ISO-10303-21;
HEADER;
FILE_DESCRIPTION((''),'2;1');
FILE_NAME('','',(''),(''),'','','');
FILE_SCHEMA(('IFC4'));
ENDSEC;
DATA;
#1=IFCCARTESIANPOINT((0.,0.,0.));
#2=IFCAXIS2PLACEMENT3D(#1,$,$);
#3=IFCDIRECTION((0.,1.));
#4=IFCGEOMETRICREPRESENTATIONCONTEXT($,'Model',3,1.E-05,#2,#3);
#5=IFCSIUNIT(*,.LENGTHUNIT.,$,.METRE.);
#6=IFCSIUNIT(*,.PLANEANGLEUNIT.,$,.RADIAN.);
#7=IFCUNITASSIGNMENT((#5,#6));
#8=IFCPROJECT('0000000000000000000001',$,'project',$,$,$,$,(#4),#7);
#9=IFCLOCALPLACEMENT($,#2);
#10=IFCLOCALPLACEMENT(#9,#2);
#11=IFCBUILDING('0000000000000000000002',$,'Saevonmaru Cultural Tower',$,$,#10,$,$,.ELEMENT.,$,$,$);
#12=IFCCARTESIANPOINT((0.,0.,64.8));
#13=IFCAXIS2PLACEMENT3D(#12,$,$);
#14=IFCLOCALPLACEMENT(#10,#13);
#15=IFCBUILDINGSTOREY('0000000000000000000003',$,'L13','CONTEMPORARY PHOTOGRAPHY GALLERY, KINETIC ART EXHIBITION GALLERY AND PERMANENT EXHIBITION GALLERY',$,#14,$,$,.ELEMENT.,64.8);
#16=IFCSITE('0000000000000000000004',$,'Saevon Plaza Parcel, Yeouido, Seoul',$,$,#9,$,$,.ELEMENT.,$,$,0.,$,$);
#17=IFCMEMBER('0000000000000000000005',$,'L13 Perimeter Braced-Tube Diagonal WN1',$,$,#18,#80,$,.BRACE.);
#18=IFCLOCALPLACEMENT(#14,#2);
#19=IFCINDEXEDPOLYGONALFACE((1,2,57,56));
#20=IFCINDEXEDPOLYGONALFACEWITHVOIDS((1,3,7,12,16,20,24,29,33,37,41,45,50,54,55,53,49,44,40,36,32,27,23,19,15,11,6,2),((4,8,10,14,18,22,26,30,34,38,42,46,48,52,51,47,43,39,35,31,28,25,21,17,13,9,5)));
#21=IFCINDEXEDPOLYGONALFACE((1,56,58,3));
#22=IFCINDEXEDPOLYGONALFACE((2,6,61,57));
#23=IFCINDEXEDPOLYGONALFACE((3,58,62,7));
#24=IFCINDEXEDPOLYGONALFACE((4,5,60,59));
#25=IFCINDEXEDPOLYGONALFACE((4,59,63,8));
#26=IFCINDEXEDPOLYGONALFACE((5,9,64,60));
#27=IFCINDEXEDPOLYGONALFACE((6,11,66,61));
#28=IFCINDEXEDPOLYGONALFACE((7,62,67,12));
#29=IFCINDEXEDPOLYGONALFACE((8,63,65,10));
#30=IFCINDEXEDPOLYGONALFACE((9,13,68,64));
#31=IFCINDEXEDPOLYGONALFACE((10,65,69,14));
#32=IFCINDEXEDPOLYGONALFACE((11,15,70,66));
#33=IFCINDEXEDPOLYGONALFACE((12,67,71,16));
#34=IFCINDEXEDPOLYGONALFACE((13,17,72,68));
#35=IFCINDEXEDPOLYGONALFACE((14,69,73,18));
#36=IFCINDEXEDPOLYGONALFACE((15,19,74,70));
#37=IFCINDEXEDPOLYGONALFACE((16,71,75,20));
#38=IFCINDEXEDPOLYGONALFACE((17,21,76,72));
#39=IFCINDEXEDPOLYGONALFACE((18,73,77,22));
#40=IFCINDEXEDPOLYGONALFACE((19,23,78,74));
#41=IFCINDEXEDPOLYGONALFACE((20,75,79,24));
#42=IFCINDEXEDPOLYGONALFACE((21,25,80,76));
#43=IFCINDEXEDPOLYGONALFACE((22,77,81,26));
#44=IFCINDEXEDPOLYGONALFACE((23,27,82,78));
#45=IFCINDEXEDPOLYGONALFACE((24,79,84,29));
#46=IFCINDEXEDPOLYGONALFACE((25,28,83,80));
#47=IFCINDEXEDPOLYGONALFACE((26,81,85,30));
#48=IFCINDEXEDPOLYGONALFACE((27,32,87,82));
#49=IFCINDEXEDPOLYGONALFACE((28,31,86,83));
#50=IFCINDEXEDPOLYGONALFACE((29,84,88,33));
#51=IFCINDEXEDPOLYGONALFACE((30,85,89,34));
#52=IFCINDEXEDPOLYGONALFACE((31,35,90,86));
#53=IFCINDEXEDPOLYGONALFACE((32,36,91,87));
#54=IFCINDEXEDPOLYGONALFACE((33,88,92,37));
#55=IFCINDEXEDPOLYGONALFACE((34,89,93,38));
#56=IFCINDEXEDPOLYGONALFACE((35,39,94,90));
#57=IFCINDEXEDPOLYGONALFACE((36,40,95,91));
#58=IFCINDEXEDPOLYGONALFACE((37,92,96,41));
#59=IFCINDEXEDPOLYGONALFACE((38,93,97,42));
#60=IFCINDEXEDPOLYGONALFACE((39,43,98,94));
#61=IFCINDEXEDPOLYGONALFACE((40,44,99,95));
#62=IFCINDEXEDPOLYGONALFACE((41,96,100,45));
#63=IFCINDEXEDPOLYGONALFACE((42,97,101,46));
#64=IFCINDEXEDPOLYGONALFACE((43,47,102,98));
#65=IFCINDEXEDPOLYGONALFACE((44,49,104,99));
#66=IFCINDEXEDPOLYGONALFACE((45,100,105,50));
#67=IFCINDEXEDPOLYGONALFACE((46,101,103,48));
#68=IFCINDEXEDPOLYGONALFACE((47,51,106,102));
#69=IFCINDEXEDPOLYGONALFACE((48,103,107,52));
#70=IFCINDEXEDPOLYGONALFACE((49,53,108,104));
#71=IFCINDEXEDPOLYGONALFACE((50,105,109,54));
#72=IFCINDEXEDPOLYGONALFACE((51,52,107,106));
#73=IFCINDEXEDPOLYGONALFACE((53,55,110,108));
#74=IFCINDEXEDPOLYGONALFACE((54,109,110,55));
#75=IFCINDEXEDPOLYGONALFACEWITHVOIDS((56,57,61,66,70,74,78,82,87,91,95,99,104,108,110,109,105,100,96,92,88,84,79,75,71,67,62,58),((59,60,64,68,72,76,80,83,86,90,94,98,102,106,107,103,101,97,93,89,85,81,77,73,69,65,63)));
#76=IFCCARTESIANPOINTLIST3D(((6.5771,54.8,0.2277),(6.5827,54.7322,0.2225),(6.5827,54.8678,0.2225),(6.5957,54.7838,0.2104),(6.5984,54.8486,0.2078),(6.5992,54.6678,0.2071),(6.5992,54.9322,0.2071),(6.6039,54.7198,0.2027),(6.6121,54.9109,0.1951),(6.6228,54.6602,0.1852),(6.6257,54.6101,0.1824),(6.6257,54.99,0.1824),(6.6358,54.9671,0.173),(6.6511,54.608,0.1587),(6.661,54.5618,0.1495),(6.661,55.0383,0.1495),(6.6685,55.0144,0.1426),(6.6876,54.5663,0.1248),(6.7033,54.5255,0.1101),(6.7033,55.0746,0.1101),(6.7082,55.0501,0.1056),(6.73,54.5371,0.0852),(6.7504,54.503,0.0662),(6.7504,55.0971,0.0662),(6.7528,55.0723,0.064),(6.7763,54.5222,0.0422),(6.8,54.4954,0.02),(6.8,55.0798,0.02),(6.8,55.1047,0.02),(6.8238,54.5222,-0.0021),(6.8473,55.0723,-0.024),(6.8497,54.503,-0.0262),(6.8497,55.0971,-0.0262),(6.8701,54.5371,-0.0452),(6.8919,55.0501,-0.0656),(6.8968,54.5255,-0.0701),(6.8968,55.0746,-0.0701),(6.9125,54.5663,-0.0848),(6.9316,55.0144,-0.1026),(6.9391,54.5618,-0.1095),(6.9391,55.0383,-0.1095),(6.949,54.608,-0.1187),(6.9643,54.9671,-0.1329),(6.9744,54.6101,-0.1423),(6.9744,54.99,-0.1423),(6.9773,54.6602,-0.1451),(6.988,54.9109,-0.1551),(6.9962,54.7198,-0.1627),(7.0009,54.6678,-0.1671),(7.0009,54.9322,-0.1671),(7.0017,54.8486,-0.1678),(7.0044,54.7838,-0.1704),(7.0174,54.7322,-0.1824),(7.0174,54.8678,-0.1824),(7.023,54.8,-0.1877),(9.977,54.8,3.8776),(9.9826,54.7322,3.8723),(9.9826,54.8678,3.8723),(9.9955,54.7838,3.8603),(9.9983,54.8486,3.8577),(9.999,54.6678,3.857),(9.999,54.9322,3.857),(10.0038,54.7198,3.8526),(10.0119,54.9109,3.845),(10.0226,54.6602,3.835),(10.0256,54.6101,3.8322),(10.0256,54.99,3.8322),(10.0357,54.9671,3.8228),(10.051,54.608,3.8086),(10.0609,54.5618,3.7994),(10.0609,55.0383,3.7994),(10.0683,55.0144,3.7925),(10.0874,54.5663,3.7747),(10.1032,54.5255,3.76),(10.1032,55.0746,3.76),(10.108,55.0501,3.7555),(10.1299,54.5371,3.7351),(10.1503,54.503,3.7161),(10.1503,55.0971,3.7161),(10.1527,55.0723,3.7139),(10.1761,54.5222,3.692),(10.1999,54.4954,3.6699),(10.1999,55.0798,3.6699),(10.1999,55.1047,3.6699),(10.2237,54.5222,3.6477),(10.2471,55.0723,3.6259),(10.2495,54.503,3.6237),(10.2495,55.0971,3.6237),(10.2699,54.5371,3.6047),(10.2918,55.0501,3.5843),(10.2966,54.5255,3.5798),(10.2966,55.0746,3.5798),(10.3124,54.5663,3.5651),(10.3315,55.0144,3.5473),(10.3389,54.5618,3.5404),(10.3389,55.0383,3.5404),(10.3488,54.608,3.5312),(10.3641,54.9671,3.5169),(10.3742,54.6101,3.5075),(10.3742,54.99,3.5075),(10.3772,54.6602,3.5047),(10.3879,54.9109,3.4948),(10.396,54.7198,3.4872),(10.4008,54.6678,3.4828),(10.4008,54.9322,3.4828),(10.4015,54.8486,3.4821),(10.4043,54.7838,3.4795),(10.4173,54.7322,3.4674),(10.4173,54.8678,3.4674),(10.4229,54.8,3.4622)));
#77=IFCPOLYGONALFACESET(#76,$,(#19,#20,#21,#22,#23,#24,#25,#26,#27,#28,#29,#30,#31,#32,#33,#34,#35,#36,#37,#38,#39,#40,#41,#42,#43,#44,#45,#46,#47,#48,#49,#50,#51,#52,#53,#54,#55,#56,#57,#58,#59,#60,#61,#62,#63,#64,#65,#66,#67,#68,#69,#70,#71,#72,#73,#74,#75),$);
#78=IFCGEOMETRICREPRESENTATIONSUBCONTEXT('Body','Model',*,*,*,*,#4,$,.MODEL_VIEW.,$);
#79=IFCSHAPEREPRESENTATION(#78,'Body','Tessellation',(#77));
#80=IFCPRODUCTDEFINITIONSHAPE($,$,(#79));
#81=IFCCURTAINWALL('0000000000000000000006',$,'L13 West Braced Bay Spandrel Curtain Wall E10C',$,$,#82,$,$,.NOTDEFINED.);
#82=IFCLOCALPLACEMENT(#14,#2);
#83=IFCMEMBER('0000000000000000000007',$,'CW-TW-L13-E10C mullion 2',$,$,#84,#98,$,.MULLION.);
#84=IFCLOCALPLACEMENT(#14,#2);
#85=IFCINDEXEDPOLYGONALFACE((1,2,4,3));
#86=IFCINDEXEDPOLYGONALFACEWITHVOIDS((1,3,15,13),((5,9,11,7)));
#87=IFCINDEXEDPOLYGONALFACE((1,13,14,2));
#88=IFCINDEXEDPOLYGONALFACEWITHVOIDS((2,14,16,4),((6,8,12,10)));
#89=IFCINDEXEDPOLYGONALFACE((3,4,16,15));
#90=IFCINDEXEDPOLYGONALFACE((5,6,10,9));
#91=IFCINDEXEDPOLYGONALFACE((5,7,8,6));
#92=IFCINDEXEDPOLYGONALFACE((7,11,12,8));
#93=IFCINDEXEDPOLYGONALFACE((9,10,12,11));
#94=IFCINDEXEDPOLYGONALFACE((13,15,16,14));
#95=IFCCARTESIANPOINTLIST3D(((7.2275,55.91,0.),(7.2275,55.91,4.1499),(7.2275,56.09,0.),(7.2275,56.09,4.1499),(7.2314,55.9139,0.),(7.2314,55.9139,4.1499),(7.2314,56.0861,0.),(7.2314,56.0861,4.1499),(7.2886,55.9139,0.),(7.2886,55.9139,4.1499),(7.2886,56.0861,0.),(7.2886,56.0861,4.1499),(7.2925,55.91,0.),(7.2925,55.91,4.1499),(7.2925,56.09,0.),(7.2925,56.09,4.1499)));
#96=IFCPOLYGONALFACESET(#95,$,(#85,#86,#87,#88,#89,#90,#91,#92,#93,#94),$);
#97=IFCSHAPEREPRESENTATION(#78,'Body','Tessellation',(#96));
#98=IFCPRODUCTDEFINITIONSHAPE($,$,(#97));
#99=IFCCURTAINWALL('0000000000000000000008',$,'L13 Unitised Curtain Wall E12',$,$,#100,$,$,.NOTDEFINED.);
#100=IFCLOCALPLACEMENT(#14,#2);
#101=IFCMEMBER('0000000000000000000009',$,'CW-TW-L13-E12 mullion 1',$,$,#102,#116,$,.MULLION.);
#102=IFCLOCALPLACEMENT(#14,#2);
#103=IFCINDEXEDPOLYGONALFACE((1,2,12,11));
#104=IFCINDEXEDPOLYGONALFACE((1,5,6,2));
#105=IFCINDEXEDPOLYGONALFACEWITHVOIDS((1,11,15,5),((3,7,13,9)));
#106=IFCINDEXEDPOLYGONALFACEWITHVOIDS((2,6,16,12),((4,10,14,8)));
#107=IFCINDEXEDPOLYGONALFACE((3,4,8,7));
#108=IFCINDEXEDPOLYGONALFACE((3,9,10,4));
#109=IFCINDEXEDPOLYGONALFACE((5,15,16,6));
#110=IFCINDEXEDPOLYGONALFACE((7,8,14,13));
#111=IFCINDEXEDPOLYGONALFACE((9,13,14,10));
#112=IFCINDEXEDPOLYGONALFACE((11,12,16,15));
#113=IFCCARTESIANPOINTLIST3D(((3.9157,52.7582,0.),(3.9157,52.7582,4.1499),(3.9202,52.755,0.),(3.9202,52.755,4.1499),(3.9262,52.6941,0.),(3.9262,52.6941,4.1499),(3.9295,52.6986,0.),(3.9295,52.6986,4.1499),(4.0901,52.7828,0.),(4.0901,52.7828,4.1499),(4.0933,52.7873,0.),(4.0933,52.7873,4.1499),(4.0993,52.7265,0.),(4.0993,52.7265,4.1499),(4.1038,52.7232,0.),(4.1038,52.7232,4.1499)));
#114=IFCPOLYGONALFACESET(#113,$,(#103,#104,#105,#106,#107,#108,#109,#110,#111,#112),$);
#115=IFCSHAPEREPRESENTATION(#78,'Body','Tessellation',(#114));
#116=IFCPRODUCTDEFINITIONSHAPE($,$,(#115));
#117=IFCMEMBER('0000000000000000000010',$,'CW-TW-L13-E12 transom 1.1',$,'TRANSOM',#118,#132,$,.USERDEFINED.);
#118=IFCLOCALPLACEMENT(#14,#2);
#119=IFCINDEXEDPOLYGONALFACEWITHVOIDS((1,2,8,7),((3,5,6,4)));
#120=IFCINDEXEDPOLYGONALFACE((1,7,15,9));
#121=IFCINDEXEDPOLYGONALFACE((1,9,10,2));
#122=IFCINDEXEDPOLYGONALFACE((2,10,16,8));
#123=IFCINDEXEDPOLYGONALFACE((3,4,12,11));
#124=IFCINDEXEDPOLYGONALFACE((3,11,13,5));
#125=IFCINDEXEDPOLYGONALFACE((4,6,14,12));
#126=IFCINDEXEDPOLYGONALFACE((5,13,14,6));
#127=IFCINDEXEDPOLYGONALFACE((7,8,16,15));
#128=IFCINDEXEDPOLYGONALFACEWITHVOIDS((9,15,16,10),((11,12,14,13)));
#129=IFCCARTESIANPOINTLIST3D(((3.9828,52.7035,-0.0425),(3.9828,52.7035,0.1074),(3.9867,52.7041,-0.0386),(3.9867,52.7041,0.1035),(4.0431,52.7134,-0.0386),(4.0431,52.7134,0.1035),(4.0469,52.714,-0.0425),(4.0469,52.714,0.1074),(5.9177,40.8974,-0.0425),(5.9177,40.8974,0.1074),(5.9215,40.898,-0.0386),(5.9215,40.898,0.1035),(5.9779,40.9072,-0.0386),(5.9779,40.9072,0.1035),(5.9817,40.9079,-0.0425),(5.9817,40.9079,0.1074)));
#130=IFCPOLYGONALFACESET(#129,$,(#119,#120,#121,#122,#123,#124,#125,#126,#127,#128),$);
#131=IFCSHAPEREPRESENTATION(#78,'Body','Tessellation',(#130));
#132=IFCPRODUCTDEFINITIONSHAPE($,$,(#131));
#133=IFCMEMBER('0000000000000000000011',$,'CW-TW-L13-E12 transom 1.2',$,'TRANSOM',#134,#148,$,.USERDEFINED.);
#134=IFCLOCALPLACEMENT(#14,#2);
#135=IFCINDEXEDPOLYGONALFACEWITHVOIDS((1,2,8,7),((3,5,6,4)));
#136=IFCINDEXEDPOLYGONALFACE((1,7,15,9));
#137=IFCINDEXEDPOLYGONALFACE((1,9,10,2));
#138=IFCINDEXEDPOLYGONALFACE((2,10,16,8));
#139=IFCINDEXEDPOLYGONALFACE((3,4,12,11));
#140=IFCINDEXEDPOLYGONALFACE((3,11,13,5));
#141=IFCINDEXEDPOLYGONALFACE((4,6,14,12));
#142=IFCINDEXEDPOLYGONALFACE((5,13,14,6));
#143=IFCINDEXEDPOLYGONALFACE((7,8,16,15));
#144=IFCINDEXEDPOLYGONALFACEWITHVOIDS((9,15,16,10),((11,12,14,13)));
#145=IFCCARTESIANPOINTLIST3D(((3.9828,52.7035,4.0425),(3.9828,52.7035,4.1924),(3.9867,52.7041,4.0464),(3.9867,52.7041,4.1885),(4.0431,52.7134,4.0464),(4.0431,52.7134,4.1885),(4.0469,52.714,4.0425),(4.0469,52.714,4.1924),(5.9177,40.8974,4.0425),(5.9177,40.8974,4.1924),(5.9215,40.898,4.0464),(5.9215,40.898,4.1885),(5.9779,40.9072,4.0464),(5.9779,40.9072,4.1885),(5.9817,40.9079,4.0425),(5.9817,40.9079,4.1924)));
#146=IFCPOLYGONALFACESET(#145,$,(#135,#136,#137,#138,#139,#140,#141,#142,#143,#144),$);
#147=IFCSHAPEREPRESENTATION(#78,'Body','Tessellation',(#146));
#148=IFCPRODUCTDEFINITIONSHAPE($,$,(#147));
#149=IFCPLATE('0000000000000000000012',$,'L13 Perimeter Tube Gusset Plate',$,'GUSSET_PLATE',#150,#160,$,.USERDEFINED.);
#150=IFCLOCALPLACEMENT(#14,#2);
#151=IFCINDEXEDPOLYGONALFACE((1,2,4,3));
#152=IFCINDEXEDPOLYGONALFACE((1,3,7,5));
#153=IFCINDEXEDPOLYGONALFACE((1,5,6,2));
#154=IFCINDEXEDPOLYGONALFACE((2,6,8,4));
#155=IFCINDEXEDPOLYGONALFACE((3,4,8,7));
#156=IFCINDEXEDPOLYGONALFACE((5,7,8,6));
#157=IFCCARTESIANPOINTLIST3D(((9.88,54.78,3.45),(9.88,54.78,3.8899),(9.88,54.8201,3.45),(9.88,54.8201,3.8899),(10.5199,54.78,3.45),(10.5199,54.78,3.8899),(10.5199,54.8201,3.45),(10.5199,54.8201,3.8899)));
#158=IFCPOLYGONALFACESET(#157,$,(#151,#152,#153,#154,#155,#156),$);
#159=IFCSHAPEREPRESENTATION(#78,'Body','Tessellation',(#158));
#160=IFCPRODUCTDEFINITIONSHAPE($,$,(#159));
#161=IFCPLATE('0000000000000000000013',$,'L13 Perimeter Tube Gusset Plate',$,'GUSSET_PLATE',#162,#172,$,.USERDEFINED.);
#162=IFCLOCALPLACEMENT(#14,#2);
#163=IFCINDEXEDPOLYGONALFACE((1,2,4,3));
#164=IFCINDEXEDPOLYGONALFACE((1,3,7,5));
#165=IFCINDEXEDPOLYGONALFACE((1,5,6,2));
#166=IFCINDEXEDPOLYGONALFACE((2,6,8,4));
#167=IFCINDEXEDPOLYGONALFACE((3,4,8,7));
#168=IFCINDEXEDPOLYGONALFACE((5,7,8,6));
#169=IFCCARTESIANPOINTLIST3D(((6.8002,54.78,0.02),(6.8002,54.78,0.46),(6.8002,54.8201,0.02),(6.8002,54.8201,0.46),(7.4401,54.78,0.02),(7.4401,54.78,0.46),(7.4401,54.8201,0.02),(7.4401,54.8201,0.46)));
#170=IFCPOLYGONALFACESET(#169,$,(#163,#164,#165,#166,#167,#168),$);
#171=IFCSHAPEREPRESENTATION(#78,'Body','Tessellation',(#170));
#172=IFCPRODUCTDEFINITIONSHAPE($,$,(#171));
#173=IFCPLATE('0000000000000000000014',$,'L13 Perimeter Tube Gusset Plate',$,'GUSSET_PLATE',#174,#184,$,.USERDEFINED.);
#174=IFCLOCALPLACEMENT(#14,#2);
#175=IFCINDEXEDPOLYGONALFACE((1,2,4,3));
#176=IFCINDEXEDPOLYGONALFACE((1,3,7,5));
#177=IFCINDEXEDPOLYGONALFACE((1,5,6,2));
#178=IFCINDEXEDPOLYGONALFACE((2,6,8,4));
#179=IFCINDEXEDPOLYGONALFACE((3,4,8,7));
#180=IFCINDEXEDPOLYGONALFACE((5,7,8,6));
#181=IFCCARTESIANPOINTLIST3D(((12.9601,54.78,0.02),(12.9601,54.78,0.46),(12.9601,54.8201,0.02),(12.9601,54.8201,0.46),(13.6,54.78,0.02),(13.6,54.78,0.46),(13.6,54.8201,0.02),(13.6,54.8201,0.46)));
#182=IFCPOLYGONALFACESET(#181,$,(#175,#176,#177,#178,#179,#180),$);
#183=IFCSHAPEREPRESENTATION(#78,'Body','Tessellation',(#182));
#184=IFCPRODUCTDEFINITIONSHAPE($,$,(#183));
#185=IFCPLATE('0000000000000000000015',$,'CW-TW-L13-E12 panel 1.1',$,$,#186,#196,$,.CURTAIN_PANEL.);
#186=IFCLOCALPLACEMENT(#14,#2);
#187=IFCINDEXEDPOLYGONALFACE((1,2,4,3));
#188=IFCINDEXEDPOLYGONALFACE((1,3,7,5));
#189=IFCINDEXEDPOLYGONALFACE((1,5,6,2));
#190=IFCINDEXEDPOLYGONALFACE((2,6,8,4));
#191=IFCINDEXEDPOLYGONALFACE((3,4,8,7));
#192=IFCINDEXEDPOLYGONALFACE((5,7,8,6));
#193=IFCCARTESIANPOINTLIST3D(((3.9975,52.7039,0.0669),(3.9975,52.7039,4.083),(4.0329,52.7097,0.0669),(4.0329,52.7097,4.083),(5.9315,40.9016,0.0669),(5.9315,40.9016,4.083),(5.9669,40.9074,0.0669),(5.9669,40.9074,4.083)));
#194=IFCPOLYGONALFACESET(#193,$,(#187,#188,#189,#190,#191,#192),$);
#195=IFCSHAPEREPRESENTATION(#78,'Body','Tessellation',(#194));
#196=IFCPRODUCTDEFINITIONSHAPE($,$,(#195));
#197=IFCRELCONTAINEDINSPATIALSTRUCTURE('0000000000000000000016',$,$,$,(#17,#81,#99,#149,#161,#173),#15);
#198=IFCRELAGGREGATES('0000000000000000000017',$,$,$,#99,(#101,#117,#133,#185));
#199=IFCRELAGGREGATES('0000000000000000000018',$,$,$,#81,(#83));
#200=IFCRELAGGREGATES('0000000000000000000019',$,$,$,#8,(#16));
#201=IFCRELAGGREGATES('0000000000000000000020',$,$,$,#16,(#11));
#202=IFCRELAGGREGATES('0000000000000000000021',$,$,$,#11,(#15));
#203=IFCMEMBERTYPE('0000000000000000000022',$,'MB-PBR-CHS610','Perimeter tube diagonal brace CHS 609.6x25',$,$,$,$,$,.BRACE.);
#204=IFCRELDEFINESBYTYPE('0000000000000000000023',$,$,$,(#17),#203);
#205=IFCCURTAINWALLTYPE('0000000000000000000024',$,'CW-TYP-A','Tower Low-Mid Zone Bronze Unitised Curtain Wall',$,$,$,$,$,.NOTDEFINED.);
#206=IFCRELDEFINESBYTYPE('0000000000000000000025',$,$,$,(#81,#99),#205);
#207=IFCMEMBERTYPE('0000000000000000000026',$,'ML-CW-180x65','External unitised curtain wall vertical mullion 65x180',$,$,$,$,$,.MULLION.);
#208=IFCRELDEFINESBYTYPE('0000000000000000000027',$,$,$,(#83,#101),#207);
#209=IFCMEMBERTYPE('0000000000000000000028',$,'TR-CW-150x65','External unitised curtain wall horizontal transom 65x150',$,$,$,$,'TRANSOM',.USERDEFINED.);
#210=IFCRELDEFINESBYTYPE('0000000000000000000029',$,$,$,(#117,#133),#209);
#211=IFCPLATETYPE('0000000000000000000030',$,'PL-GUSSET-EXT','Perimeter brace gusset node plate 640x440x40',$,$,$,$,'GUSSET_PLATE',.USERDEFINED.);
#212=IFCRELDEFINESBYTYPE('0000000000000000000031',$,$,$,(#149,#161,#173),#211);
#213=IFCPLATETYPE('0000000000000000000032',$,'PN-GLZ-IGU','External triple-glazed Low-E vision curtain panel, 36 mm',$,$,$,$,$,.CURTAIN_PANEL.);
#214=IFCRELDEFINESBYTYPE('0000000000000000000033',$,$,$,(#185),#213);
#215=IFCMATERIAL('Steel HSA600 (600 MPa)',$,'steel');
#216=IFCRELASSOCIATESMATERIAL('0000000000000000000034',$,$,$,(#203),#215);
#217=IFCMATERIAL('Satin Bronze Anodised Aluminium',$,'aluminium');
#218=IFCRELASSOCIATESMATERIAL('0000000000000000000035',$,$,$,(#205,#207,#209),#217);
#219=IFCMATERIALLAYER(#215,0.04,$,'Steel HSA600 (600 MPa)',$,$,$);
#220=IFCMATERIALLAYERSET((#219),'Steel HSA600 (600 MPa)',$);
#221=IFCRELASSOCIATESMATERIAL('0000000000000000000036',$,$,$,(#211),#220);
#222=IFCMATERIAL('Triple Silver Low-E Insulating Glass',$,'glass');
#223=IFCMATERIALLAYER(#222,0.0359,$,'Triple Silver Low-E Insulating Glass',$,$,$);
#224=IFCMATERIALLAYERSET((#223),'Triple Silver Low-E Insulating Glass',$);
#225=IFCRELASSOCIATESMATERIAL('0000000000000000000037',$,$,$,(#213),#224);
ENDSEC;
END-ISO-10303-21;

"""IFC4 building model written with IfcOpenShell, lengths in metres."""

from ifc_helpers import new_model, si_unit, direction, frame, origin, origin_2d, place, context, subcontext, project, spatial, rectangle, hollow_rectangle, hollow_circle, extrude, material, layer, layer_set, material_profile, profile_set, type_object, element, aggregate, save


model = new_model("IFC4")

# Units and contexts
model_context = context("Model", 3, precision=1e-05, world=origin(), true_north=direction((0.0, 1.0)))
body_context = subcontext(model_context, "Body", "Model", "MODEL_VIEW")
ifc_project = project(units=[si_unit("LENGTHUNIT", "METRE"), si_unit("PLANEANGLEUNIT", "RADIAN")], contexts=[model_context])

# Site, building, storey
site_placement = place(None, origin())
site = spatial("IfcSite", under=ifc_project, at=site_placement, Name="Saevon Plaza Parcel, Yeouido, Seoul", CompositionType="ELEMENT", RefElevation=0.0)
building_placement = place(site_placement, origin())
building = spatial("IfcBuilding", under=site, at=building_placement, Name="Saevonmaru Cultural Tower", CompositionType="ELEMENT")
storey_placement = place(building_placement, frame((0.0, 0.0, 64.8)))
storey = spatial("IfcBuildingStorey", under=building, at=storey_placement, Name="L13", Description="CONTEMPORARY PHOTOGRAPHY GALLERY, KINETIC ART EXHIBITION GALLERY AND PERMANENT EXHIBITION GALLERY", CompositionType="ELEMENT", Elevation=64.8)

# Shared definitions
ifc_material_1 = material(Name="Steel HSA600 (600 MPa)", Category="steel")

# Member
ifc_material_profile_1 = material_profile(ifc_material_1, hollow_circle(Radius=0.3047, WallThickness=0.0249, at=origin_2d()), Name="CHS-609.6x25")
ifc_profile_set_1 = profile_set([ifc_material_profile_1], Name="Steel HSA600 (600 MPa)")
member_type_1 = type_object("IfcMemberType", Name="MB-PBR-CHS610", Description="Perimeter tube diagonal brace CHS 609.6x25", PredefinedType="BRACE", material=ifc_profile_set_1)
member_1_placement = place(storey_placement, frame((6.8, 54.8, 0.02), z_axis=(0.681603, 0.0, 0.731722), x_axis=(0.0, 1.0, 0.0)))
element("IfcMember", 1, at=member_1_placement, inside=storey, type_object=member_type_1, Name="L13 Perimeter Braced-Tube Diagonal WN1", PredefinedType="BRACE", context=body_context, shape_type="SweptSolid", body=[
    extrude(hollow_circle(Radius=0.3047, WallThickness=0.0249, at=origin_2d()), origin(), (0.0, 0.0, 1.0), 4.988),
])

# Curtain wall, member
ifc_material_2 = material(Name="Satin Bronze Anodised Aluminium", Category="aluminium")
curtain_wall_type = type_object("IfcCurtainWallType", Name="CW-TYP-A", Description="Tower Low-Mid Zone Bronze Unitised Curtain Wall", PredefinedType="NOTDEFINED", material=ifc_material_2)
curtain_wall_1_placement = place(storey_placement, origin())
curtain_wall_1 = element("IfcCurtainWall", 2, at=curtain_wall_1_placement, inside=storey, type_object=curtain_wall_type, Name="L13 West Braced Bay Spandrel Curtain Wall E10C", PredefinedType="NOTDEFINED")
ifc_material_profile_2 = material_profile(ifc_material_2, hollow_rectangle(XDim=0.0649, YDim=0.1799, WallThickness=0.0039, at=origin_2d()), Name="ALU-MULL-180x65x4")
ifc_profile_set_2 = profile_set([ifc_material_profile_2], Name="Satin Bronze Anodised Aluminium")
member_type_2 = type_object("IfcMemberType", Name="ML-CW-180x65", Description="External unitised curtain wall vertical mullion 65x180", PredefinedType="MULLION", material=ifc_profile_set_2)
member_2_placement = place(storey_placement, frame((7.26, 56.0, 0.0), z_axis=(0.0, 0.0, 1.0), x_axis=(-1.0, 0.0, 0.0)))
member_2 = element("IfcMember", 3, at=member_2_placement, type_object=member_type_2, Name="CW-TW-L13-E10C mullion 2", PredefinedType="MULLION", context=body_context, shape_type="SweptSolid", body=[
    extrude(hollow_rectangle(XDim=0.0649, YDim=0.1799, WallThickness=0.0039, at=origin_2d()), origin(), (0.0, 0.0, 1.0), 4.1499),
])

# Curtain wall, members
curtain_wall_2_placement = place(storey_placement, origin())
curtain_wall_2 = element("IfcCurtainWall", 4, at=curtain_wall_2_placement, inside=storey, type_object=curtain_wall_type, Name="L13 Unitised Curtain Wall E12", PredefinedType="NOTDEFINED")
member_3_placement = place(storey_placement, frame((4.0098, 52.7407, 0.0), z_axis=(0.0, 0.0, 1.0), x_axis=(0.161709, -0.986839, 0.0)))
member_3 = element("IfcMember", 5, at=member_3_placement, type_object=member_type_2, Name="CW-TW-L13-E12 mullion 1", PredefinedType="MULLION", context=body_context, shape_type="SweptSolid", body=[
    extrude(hollow_rectangle(XDim=0.0649, YDim=0.1799, WallThickness=0.0039, at=origin_2d()), origin(), (0.0, 0.0, 1.0), 4.1499),
])
ifc_material_profile_3 = material_profile(ifc_material_2, hollow_rectangle(XDim=0.0649, YDim=0.1499, WallThickness=0.0039, at=origin_2d()), Name="ALU-TRAN-150x65x4")
ifc_profile_set_3 = profile_set([ifc_material_profile_3], Name="Satin Bronze Anodised Aluminium")
member_type_3 = type_object("IfcMemberType", Name="TR-CW-150x65", Description="External unitised curtain wall horizontal transom 65x150", ElementType="TRANSOM", PredefinedType="USERDEFINED", material=ifc_profile_set_3)
member_4_placement = place(storey_placement, frame((4.0149, 52.7087, 0.0325), z_axis=(0.161725, -0.986836, 0.0), x_axis=(0.986836, 0.161725, 0.0)))
member_4 = element("IfcMember", 6, at=member_4_placement, type_object=member_type_3, Name="CW-TW-L13-E12 transom 1.1", ObjectType="TRANSOM", PredefinedType="USERDEFINED", context=body_context, shape_type="SweptSolid", body=[
    extrude(hollow_rectangle(XDim=0.0649, YDim=0.1499, WallThickness=0.0039, at=origin_2d()), origin(), (0.0, 0.0, 1.0), 11.9636),
])
member_5_placement = place(storey_placement, frame((4.0149, 52.7087, 4.1174), z_axis=(0.161725, -0.986836, 0.0), x_axis=(0.986836, 0.161725, 0.0)))
member_5 = element("IfcMember", 7, at=member_5_placement, type_object=member_type_3, Name="CW-TW-L13-E12 transom 1.2", ObjectType="TRANSOM", PredefinedType="USERDEFINED", context=body_context, shape_type="SweptSolid", body=[
    extrude(hollow_rectangle(XDim=0.0649, YDim=0.1499, WallThickness=0.0039, at=origin_2d()), origin(), (0.0, 0.0, 1.0), 11.9636),
])

# Plates
ifc_layer_1 = layer(ifc_material_1, 0.04, Name="Steel HSA600 (600 MPa)")
ifc_layer_set_1 = layer_set([ifc_layer_1], Name="Steel HSA600 (600 MPa)")
plate_type_1 = type_object("IfcPlateType", Name="PL-GUSSET-EXT", Description="Perimeter brace gusset node plate 640x440x40", ElementType="GUSSET_PLATE", PredefinedType="USERDEFINED", material=ifc_layer_set_1)
for number, where, z_axis, x_axis, name in (
    (8, (10.2, 54.8, 3.45), (0.0, 0.0, 1.0), (1.0, 0.0, 0.0), "L13 Perimeter Tube Gusset Plate"),
    (9, (7.1201, 54.8, 0.02), (0.0, 0.0, 1.0), (1.0, 0.0, 0.0), "L13 Perimeter Tube Gusset Plate"),
    (10, (13.28, 54.8, 0.02), (0.0, 0.0, 1.0), (1.0, 0.0, 0.0), "L13 Perimeter Tube Gusset Plate"),
):
    element("IfcPlate", number, at=place(storey_placement, frame(where, z_axis=z_axis, x_axis=x_axis)), inside=storey, type_object=plate_type_1, Name=name, ObjectType="GUSSET_PLATE", PredefinedType="USERDEFINED", context=body_context, shape_type="SweptSolid", body=[
        extrude(rectangle(XDim=0.6399, YDim=0.04, at=origin_2d()), origin(), (0.0, 0.0, 1.0), 0.4399),
    ])

# Plate
ifc_material_3 = material(Name="Triple Silver Low-E Insulating Glass", Category="glass")
ifc_layer_2 = layer(ifc_material_3, 0.0359, Name="Triple Silver Low-E Insulating Glass")
ifc_layer_set_2 = layer_set([ifc_layer_2], Name="Triple Silver Low-E Insulating Glass")
plate_type_2 = type_object("IfcPlateType", Name="PN-GLZ-IGU", Description="External triple-glazed Low-E vision curtain panel, 36 mm", PredefinedType="CURTAIN_PANEL", material=ifc_layer_set_2)
plate_1_placement = place(storey_placement, frame((4.9822, 46.8057, 0.0669), z_axis=(0.0, 0.0, 1.0), x_axis=(0.161709, -0.986839, 0.0)))
plate_1 = element("IfcPlate", 11, at=plate_1_placement, type_object=plate_type_2, Name="CW-TW-L13-E12 panel 1.1", PredefinedType="CURTAIN_PANEL", context=body_context, shape_type="SweptSolid", body=[
    extrude(rectangle(XDim=11.9597, YDim=0.0359, at=origin_2d()), origin(), (0.0, 0.0, 1.0), 4.0161),
])
aggregate(curtain_wall_2, [member_3, member_4, member_5, plate_1])
aggregate(curtain_wall_1, [member_2])

save(model, "model.ifc")
